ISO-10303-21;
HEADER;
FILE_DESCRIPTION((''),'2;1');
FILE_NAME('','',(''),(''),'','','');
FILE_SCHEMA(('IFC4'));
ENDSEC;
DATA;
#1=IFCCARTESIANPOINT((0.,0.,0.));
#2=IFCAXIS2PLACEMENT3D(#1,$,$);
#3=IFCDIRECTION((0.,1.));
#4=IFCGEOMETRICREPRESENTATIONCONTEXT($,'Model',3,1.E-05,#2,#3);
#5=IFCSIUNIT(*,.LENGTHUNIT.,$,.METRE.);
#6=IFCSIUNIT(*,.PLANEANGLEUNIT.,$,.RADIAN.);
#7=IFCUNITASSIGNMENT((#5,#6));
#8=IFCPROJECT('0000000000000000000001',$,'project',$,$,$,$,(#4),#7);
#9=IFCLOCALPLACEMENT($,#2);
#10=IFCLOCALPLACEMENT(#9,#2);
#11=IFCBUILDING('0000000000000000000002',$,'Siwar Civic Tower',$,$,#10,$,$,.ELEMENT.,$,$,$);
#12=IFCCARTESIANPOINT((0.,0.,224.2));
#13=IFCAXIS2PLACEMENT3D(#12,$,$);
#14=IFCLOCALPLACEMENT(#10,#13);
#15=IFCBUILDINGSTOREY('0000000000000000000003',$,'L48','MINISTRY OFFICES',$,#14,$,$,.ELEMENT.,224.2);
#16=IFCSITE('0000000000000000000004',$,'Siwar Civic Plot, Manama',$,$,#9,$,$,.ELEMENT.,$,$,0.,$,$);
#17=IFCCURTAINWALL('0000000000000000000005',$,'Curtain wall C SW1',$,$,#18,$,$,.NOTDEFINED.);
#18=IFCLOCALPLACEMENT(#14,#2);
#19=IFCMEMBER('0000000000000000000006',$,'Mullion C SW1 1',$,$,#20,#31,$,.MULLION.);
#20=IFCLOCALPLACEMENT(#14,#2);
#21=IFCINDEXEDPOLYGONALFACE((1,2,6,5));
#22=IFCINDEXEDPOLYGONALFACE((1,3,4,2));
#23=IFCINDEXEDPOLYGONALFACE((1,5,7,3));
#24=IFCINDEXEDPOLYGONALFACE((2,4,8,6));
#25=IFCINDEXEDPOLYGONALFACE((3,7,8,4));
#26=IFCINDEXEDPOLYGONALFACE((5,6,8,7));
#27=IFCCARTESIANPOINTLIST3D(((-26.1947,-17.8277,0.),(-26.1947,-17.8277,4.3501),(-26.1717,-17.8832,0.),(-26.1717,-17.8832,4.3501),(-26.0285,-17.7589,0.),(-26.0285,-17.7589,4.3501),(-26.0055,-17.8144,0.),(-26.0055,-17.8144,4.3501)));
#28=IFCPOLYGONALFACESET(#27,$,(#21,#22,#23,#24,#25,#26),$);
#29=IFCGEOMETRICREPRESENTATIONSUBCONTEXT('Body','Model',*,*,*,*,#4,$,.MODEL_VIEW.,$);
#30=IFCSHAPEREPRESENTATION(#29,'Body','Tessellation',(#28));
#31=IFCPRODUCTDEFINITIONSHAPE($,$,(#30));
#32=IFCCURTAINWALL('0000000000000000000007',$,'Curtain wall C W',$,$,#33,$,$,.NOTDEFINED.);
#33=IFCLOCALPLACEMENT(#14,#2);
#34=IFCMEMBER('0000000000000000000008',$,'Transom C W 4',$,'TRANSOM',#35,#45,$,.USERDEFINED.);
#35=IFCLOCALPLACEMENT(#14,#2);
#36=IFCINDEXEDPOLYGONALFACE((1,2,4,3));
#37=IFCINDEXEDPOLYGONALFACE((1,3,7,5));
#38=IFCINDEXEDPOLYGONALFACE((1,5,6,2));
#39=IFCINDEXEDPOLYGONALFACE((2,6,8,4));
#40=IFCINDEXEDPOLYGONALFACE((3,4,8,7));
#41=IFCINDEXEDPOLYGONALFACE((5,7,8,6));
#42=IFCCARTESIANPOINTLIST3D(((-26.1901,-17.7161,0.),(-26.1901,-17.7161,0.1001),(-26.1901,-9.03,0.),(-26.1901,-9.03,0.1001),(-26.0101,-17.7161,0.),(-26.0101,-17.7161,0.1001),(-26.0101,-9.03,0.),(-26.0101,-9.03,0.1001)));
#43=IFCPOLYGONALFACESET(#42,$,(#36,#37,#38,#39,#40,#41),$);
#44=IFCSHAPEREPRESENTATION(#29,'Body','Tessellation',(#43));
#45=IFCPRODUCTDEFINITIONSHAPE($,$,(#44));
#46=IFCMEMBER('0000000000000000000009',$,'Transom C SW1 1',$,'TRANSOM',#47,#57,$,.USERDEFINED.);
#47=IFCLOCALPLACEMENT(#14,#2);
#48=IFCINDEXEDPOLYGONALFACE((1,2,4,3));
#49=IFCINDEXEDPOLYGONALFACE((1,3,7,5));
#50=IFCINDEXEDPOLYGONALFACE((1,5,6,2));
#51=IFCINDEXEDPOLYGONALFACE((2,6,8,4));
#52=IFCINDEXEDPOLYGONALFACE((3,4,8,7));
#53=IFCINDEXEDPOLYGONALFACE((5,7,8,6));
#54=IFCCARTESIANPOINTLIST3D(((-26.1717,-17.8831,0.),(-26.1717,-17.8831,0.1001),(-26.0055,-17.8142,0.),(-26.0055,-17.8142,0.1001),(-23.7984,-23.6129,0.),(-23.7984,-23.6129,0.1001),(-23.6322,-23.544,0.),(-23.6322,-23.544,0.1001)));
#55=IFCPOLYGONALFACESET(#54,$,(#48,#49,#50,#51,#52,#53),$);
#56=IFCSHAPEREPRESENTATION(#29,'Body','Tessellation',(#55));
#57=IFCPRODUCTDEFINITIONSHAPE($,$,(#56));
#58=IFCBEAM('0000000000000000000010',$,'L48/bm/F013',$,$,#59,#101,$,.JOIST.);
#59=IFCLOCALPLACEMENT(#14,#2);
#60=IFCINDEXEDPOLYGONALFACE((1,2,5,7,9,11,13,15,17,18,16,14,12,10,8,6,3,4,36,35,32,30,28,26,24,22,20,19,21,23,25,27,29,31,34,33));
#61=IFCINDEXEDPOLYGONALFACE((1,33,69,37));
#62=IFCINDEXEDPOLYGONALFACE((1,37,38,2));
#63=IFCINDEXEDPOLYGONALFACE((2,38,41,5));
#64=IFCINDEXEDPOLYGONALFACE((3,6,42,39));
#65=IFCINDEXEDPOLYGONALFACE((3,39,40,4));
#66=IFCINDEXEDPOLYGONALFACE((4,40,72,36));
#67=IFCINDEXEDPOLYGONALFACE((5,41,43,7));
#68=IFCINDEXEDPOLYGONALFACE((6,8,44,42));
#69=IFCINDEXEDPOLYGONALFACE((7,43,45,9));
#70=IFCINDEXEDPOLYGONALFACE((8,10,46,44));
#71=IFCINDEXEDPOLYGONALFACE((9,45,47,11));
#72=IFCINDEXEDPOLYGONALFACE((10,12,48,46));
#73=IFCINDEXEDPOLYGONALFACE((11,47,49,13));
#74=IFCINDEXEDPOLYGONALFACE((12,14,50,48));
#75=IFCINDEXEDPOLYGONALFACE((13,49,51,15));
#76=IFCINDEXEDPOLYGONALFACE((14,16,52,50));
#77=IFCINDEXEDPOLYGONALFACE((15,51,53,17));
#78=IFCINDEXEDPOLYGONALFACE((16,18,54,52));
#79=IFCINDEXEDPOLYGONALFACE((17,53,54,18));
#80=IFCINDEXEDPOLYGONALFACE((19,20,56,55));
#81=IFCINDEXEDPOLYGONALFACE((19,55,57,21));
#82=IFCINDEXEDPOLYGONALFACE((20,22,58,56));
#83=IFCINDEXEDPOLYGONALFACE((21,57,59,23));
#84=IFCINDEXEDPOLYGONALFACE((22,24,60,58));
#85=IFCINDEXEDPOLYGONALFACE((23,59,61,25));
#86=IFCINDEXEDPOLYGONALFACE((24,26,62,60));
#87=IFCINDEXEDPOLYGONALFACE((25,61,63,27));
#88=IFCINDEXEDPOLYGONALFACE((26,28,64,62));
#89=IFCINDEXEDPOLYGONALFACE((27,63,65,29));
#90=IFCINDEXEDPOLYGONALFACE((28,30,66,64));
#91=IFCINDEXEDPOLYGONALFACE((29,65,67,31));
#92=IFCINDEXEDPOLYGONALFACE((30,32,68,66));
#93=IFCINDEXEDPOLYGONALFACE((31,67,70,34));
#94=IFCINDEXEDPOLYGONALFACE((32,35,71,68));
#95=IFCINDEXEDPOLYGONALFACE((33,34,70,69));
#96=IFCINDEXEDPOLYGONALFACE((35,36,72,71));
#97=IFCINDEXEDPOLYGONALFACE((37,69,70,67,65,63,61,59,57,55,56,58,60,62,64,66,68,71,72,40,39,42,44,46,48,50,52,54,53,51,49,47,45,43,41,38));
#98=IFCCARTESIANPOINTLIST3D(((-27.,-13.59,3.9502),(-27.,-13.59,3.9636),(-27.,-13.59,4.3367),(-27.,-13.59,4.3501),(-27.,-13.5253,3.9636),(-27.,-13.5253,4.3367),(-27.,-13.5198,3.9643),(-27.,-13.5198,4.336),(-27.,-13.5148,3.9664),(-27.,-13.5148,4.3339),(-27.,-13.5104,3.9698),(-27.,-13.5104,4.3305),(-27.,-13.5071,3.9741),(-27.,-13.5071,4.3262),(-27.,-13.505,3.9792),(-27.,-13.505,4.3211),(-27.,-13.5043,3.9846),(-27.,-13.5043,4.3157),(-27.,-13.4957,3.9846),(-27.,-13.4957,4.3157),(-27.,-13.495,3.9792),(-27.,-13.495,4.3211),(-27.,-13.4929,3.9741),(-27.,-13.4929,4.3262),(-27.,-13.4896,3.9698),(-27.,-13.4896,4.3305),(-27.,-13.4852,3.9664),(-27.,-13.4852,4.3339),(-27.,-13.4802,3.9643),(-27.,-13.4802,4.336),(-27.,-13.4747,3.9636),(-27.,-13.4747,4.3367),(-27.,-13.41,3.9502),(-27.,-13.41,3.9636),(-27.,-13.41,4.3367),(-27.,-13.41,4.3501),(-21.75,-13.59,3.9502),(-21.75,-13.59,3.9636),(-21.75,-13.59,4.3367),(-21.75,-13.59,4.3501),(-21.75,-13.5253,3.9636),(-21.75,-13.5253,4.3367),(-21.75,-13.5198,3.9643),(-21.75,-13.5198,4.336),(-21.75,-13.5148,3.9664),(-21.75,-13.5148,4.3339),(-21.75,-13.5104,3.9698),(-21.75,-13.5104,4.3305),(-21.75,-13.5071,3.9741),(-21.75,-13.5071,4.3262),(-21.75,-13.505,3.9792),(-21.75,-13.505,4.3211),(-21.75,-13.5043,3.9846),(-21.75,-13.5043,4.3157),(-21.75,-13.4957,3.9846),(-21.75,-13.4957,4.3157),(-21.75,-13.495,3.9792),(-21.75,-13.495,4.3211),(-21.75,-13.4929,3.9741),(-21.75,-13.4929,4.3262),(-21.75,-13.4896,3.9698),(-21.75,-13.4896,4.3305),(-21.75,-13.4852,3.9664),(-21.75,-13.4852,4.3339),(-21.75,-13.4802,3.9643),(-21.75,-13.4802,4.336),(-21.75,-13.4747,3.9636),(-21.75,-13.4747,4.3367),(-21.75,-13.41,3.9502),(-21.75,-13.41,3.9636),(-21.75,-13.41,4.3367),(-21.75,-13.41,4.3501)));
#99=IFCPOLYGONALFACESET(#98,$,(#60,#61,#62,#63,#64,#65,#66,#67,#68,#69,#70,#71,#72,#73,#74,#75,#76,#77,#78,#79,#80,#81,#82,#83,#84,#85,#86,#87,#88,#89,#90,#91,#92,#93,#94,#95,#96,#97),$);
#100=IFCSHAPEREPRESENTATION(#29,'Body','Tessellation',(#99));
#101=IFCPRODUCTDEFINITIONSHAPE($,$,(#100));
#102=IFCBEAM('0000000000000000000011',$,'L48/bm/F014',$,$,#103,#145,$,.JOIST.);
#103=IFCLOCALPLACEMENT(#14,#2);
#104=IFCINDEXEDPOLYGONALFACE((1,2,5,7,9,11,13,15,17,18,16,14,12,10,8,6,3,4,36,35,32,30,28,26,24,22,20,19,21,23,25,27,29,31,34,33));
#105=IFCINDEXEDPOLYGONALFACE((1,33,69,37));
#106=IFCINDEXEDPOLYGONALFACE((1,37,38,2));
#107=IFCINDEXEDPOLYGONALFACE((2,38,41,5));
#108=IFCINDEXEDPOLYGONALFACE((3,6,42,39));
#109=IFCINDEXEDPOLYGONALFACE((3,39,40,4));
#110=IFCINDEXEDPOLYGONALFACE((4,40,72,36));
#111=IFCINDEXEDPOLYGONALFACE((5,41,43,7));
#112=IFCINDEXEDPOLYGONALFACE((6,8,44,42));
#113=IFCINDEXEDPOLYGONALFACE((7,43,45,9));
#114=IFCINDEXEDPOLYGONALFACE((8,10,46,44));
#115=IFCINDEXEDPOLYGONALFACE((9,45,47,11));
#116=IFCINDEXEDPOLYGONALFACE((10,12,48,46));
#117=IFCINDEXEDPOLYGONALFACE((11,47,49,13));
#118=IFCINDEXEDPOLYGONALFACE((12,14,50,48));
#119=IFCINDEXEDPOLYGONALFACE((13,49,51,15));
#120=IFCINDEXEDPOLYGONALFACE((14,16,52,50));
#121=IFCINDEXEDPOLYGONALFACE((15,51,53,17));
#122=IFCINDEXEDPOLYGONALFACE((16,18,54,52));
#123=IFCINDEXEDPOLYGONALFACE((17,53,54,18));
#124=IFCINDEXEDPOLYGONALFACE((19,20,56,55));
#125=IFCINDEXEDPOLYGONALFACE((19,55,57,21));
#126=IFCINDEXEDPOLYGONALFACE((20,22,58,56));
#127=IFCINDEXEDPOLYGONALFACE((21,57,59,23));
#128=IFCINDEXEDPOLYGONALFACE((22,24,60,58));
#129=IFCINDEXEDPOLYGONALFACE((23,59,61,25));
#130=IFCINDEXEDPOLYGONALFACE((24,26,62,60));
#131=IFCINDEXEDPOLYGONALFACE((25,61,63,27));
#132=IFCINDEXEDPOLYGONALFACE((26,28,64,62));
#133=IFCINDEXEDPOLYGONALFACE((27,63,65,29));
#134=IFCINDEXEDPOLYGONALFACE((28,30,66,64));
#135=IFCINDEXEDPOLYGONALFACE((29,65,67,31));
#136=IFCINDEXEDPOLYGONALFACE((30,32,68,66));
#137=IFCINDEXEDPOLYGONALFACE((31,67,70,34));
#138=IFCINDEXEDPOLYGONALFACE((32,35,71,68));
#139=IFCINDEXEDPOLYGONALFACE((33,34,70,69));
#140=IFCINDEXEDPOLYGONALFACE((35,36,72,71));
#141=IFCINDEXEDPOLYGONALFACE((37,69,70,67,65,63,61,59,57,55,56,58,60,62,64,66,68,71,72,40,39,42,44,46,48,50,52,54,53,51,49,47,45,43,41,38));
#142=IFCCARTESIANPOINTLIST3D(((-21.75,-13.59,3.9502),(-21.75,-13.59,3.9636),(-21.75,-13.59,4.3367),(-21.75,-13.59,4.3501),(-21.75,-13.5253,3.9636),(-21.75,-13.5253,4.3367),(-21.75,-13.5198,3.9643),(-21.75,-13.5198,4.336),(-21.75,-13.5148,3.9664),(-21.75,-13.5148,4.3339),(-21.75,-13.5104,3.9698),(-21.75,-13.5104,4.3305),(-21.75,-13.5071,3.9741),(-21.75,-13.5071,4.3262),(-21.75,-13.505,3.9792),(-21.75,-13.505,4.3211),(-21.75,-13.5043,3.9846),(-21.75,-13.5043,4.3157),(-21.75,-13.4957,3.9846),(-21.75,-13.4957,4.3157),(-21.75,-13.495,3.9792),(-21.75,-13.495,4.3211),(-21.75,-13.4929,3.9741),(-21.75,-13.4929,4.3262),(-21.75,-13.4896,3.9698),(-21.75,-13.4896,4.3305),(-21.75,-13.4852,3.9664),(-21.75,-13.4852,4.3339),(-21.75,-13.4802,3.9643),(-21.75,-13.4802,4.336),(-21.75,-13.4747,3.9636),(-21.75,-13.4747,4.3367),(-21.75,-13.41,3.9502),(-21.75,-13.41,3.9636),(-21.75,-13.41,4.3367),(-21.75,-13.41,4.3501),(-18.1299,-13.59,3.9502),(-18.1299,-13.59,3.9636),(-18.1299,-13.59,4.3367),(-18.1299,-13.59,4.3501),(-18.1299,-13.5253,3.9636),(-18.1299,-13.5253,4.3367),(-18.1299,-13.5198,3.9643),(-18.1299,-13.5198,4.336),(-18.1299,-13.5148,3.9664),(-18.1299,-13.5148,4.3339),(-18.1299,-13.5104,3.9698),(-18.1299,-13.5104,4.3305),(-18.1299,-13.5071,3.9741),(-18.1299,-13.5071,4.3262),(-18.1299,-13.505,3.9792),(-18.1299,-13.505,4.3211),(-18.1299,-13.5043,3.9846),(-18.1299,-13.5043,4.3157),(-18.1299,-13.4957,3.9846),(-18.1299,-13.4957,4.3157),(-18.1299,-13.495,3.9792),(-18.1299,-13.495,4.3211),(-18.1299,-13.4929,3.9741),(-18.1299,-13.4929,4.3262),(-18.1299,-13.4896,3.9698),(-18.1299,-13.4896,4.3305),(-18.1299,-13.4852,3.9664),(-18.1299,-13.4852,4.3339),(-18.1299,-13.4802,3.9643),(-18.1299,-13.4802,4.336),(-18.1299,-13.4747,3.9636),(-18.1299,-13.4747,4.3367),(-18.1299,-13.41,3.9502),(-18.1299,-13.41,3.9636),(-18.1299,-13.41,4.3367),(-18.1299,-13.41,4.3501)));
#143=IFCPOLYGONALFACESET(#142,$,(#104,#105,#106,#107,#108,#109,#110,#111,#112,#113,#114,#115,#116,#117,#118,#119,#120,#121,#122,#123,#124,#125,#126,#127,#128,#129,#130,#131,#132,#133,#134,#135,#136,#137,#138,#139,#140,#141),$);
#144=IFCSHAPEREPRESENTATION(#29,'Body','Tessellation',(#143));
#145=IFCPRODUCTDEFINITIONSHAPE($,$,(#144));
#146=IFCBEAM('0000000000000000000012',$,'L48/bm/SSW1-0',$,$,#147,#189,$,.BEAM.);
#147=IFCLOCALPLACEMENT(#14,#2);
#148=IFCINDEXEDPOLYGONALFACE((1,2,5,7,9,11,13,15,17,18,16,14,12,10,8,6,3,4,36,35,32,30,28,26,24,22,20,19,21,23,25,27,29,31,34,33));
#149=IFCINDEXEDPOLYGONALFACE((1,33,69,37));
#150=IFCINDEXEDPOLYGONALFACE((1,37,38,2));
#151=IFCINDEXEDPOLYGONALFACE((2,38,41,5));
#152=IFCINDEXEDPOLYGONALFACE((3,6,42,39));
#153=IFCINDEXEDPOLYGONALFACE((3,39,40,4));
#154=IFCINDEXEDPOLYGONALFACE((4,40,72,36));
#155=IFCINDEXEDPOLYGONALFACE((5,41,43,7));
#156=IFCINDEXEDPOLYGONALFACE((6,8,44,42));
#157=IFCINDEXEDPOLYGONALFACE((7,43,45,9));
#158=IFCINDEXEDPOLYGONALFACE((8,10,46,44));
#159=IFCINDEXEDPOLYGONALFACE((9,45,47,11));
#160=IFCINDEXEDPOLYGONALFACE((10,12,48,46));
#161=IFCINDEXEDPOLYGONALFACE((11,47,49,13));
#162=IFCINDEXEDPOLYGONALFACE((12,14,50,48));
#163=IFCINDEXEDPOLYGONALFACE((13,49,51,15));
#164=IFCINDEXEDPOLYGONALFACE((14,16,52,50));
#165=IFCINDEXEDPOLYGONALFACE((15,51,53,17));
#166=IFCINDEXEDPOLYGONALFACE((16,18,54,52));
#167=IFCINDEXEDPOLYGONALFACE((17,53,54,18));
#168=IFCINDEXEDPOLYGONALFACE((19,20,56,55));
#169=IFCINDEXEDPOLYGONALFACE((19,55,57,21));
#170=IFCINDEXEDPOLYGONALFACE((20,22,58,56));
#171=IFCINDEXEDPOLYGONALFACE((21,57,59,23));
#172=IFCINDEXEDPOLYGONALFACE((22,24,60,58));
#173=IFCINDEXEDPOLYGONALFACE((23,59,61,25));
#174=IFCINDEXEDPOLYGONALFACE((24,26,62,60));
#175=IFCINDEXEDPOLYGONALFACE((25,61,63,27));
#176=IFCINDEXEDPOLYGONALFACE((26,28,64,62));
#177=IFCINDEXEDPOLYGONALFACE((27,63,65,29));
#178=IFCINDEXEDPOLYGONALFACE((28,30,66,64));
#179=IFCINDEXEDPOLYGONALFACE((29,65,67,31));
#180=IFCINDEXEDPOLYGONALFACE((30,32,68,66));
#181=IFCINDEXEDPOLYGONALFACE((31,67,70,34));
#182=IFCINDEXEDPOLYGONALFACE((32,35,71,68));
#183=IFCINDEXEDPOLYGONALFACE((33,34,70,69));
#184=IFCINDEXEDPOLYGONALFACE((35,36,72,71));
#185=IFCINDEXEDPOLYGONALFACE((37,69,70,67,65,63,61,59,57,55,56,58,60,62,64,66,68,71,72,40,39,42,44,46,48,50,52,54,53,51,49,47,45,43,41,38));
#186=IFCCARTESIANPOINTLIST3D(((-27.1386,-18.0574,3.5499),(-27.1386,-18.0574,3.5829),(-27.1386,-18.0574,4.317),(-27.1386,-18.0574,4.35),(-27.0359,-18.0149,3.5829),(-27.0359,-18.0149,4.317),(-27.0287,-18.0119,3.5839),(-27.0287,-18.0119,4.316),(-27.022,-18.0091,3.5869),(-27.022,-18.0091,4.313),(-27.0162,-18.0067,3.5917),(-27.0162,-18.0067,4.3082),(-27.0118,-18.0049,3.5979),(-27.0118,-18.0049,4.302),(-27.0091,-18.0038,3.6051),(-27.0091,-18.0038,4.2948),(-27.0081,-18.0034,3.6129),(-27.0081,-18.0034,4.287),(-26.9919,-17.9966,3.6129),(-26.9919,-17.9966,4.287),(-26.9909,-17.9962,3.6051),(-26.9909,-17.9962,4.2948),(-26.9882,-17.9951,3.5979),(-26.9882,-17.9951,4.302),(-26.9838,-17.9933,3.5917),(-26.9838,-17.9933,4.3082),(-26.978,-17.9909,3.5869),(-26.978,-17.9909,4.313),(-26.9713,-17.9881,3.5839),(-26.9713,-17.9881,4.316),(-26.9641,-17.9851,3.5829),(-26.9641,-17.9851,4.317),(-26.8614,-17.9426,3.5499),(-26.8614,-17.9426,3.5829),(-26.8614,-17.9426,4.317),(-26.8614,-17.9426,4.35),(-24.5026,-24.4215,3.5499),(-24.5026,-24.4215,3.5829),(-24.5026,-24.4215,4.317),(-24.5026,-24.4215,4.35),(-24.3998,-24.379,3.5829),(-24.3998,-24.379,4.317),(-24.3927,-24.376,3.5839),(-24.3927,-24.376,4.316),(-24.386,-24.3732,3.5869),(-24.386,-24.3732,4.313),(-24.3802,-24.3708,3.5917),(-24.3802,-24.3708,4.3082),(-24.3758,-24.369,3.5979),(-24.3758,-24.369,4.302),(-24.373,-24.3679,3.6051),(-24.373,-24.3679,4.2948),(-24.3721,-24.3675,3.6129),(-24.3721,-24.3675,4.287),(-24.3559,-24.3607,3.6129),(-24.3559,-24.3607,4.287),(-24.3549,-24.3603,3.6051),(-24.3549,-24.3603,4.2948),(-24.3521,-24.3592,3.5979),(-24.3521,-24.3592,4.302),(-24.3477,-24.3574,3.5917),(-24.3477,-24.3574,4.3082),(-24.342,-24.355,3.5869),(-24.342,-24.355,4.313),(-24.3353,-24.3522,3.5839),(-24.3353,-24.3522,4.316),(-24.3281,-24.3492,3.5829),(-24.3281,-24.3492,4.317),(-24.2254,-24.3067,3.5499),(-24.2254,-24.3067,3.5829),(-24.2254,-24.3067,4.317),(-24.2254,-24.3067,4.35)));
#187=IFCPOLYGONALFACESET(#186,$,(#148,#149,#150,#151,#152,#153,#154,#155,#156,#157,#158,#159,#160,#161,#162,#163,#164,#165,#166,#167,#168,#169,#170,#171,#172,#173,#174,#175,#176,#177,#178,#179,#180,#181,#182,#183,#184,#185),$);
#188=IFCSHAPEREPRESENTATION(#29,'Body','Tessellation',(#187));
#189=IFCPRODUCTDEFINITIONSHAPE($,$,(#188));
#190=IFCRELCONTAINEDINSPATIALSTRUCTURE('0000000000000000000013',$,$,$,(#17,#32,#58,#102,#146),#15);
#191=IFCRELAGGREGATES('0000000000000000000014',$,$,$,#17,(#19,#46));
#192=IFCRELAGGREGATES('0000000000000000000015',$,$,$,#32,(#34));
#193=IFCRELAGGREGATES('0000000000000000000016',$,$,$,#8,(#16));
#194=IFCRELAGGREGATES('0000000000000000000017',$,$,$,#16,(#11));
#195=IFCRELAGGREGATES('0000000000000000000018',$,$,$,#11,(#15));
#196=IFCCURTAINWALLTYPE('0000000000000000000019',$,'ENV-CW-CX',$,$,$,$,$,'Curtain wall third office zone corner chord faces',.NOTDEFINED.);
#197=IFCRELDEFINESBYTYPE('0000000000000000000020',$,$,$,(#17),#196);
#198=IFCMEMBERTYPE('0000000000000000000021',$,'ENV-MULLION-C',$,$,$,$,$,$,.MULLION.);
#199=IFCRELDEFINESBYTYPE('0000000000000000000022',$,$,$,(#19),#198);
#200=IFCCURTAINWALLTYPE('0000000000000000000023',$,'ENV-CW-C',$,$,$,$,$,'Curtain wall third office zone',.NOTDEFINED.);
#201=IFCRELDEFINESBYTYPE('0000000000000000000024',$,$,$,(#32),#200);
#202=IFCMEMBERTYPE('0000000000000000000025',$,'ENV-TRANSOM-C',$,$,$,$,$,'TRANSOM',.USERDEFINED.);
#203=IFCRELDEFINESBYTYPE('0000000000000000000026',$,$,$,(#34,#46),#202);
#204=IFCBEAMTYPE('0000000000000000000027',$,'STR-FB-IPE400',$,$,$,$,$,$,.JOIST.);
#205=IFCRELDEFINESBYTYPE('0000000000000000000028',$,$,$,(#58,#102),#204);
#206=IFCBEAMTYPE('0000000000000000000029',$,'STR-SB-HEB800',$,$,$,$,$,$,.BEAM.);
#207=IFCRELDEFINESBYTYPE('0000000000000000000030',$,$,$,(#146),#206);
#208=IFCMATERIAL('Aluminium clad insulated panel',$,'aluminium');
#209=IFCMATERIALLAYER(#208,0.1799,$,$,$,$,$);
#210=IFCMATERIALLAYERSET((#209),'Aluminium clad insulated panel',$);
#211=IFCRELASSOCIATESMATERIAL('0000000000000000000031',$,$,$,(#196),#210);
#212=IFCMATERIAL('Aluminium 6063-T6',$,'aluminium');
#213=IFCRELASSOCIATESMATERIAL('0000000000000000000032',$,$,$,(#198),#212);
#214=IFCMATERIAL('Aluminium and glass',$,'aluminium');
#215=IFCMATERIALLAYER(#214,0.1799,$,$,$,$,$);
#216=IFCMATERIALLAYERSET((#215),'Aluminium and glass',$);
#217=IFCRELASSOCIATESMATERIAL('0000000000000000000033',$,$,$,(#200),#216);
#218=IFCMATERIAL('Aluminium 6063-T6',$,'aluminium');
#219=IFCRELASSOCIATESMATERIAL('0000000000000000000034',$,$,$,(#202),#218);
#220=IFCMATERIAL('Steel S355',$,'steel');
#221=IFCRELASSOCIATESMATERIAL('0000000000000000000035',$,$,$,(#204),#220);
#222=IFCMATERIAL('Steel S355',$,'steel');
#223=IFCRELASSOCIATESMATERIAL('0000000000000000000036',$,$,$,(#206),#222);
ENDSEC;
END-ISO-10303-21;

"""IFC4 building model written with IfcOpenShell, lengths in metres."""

from ifc_helpers import new_model, si_unit, direction, frame, origin, origin_2d, place, context, subcontext, project, spatial, rectangle, i_section, extrude, material, layer, layer_set, material_profile, profile_set, type_object, element, aggregate, save


model = new_model("IFC4")

# Units and contexts
model_context = context("Model", 3, precision=1e-05, world=origin(), true_north=direction((0.0, 1.0)))
body_context = subcontext(model_context, "Body", "Model", "MODEL_VIEW")
ifc_project = project(units=[si_unit("LENGTHUNIT", "METRE"), si_unit("PLANEANGLEUNIT", "RADIAN")], contexts=[model_context])

# Site, building, storey
site_placement = place(None, origin())
site = spatial("IfcSite", under=ifc_project, at=site_placement, Name="Siwar Civic Plot, Manama", CompositionType="ELEMENT", RefElevation=0.0)
building_placement = place(site_placement, origin())
building = spatial("IfcBuilding", under=site, at=building_placement, Name="Siwar Civic Tower", CompositionType="ELEMENT")
storey_placement = place(building_placement, frame((0.0, 0.0, 224.2)))
storey = spatial("IfcBuildingStorey", under=building, at=storey_placement, Name="L48", Description="MINISTRY OFFICES", CompositionType="ELEMENT", Elevation=224.2)

# Curtain walls, members
ifc_material_1 = material(Name="Aluminium clad insulated panel", Category="aluminium")
ifc_layer_1 = layer(ifc_material_1, 0.1799)
ifc_layer_set_1 = layer_set([ifc_layer_1], Name="Aluminium clad insulated panel")
curtain_wall_type_1 = type_object("IfcCurtainWallType", Name="ENV-CW-CX", ElementType="Curtain wall third office zone corner chord faces", PredefinedType="NOTDEFINED", material=ifc_layer_set_1)
curtain_wall_1_placement = place(storey_placement, origin())
curtain_wall_1 = element("IfcCurtainWall", 1, at=curtain_wall_1_placement, inside=storey, type_object=curtain_wall_type_1, Name="Curtain wall C SW1", PredefinedType="NOTDEFINED")
ifc_material_2 = material(Name="Aluminium 6063-T6", Category="aluminium")
ifc_material_profile_1 = material_profile(ifc_material_2, rectangle(XDim=0.1799, YDim=0.0601, at=origin_2d()), Name="AL 180x60")
ifc_profile_set_1 = profile_set([ifc_material_profile_1], Name="Aluminium 6063-T6")
member_type_1 = type_object("IfcMemberType", Name="ENV-MULLION-C", PredefinedType="MULLION", material=ifc_profile_set_1)
member_1_placement = place(storey_placement, frame((-26.1001, -17.821, 0.0), z_axis=(0.0, 0.0, 1.0), x_axis=(0.92388, 0.382683, 0.0)))
member_1 = element("IfcMember", 2, at=member_1_placement, type_object=member_type_1, Name="Mullion C SW1 1", PredefinedType="MULLION", context=body_context, shape_type="SweptSolid", body=[
    extrude(rectangle(XDim=0.1799, YDim=0.0601, at=origin_2d()), origin(), (0.0, 0.0, 1.0), 4.3501),
])
ifc_material_3 = material(Name="Aluminium and glass", Category="aluminium")
ifc_layer_2 = layer(ifc_material_3, 0.1799)
ifc_layer_set_2 = layer_set([ifc_layer_2], Name="Aluminium and glass")
curtain_wall_type_2 = type_object("IfcCurtainWallType", Name="ENV-CW-C", ElementType="Curtain wall third office zone", PredefinedType="NOTDEFINED", material=ifc_layer_set_2)
curtain_wall_2_placement = place(storey_placement, origin())
curtain_wall_2 = element("IfcCurtainWall", 3, at=curtain_wall_2_placement, inside=storey, type_object=curtain_wall_type_2, Name="Curtain wall C W", PredefinedType="NOTDEFINED")
ifc_material_4 = material(Name="Aluminium 6063-T6", Category="aluminium")
ifc_material_profile_2 = material_profile(ifc_material_4, rectangle(XDim=0.1799, YDim=0.1001, at=origin_2d()), Name="AL 180x100")
ifc_profile_set_2 = profile_set([ifc_material_profile_2], Name="Aluminium 6063-T6")
member_type_2 = type_object("IfcMemberType", Name="ENV-TRANSOM-C", ElementType="TRANSOM", PredefinedType="USERDEFINED", material=ifc_profile_set_2)
member_2_placement = place(storey_placement, frame((-26.1001, -9.03, 0.05), z_axis=(0.0, -1.0, 0.0), x_axis=(1.0, 0.0, 0.0)))
member_2 = element("IfcMember", 4, at=member_2_placement, type_object=member_type_2, Name="Transom C W 4", ObjectType="TRANSOM", PredefinedType="USERDEFINED", context=body_context, shape_type="SweptSolid", body=[
    extrude(rectangle(XDim=0.1799, YDim=0.1001, at=origin_2d()), origin(), (0.0, 0.0, 1.0), 8.686),
])

# Member
member_3_placement = place(storey_placement, frame((-26.0886, -17.8486, 0.05), z_axis=(0.382677, -0.923882, 0.0), x_axis=(0.923882, 0.382677, 0.0)))
member_3 = element("IfcMember", 5, at=member_3_placement, type_object=member_type_2, Name="Transom C SW1 1", ObjectType="TRANSOM", PredefinedType="USERDEFINED", context=body_context, shape_type="SweptSolid", body=[
    extrude(rectangle(XDim=0.1799, YDim=0.1001, at=origin_2d()), origin(), (0.0, 0.0, 1.0), 6.2019),
])
aggregate(curtain_wall_1, [member_1, member_3])

# Beams
ifc_material_5 = material(Name="Steel S355", Category="steel")
ifc_material_profile_3 = material_profile(ifc_material_5, i_section(OverallWidth=0.1799, OverallDepth=0.3999, WebThickness=0.0085, FlangeThickness=0.0134, FilletRadius=0.021, at=origin_2d()), Name="IPE400")
ifc_profile_set_3 = profile_set([ifc_material_profile_3], Name="Steel S355")
beam_type_1 = type_object("IfcBeamType", Name="STR-FB-IPE400", PredefinedType="JOIST", material=ifc_profile_set_3)
beam_1_placement = place(storey_placement, frame((-27.0, -13.5, 4.1501), z_axis=(1.0, 0.0, 0.0), x_axis=(0.0, 1.0, 0.0)))
element("IfcBeam", 6, at=beam_1_placement, inside=storey, type_object=beam_type_1, Name="L48/bm/F013", PredefinedType="JOIST", context=body_context, shape_type="SweptSolid", body=[
    extrude(i_section(OverallWidth=0.1799, OverallDepth=0.3999, WebThickness=0.0085, FlangeThickness=0.0134, FilletRadius=0.021, at=origin_2d()), origin(), (0.0, 0.0, 1.0), 5.25),
])
beam_2_placement = place(storey_placement, frame((-21.75, -13.5, 4.1501), z_axis=(1.0, 0.0, 0.0), x_axis=(0.0, 1.0, 0.0)))
element("IfcBeam", 7, at=beam_2_placement, inside=storey, type_object=beam_type_1, Name="L48/bm/F014", PredefinedType="JOIST", context=body_context, shape_type="SweptSolid", body=[
    extrude(i_section(OverallWidth=0.1799, OverallDepth=0.3999, WebThickness=0.0085, FlangeThickness=0.0134, FilletRadius=0.021, at=origin_2d()), origin(), (0.0, 0.0, 1.0), 3.6201),
])
ifc_material_6 = material(Name="Steel S355", Category="steel")
ifc_material_profile_4 = material_profile(ifc_material_6, i_section(OverallWidth=0.3, OverallDepth=0.8, WebThickness=0.0176, FlangeThickness=0.033, FilletRadius=0.03, at=origin_2d()), Name="HEB800")
ifc_profile_set_4 = profile_set([ifc_material_profile_4], Name="Steel S355")
beam_type_2 = type_object("IfcBeamType", Name="STR-SB-HEB800", PredefinedType="BEAM", material=ifc_profile_set_4)
beam_3_placement = place(storey_placement, frame((-27.0, -18.0, 3.95), z_axis=(0.382674, -0.923883, 0.0), x_axis=(0.923883, 0.382674, 0.0)))
element("IfcBeam", 8, at=beam_3_placement, inside=storey, type_object=beam_type_2, Name="L48/bm/SSW1-0", PredefinedType="BEAM", context=body_context, shape_type="SweptSolid", body=[
    extrude(i_section(OverallWidth=0.3, OverallDepth=0.8, WebThickness=0.0176, FlangeThickness=0.033, FilletRadius=0.03, at=origin_2d()), origin(), (0.0, 0.0, 1.0), 6.8884),
])

aggregate(curtain_wall_2, [member_2])

save(model, "model.ifc")
